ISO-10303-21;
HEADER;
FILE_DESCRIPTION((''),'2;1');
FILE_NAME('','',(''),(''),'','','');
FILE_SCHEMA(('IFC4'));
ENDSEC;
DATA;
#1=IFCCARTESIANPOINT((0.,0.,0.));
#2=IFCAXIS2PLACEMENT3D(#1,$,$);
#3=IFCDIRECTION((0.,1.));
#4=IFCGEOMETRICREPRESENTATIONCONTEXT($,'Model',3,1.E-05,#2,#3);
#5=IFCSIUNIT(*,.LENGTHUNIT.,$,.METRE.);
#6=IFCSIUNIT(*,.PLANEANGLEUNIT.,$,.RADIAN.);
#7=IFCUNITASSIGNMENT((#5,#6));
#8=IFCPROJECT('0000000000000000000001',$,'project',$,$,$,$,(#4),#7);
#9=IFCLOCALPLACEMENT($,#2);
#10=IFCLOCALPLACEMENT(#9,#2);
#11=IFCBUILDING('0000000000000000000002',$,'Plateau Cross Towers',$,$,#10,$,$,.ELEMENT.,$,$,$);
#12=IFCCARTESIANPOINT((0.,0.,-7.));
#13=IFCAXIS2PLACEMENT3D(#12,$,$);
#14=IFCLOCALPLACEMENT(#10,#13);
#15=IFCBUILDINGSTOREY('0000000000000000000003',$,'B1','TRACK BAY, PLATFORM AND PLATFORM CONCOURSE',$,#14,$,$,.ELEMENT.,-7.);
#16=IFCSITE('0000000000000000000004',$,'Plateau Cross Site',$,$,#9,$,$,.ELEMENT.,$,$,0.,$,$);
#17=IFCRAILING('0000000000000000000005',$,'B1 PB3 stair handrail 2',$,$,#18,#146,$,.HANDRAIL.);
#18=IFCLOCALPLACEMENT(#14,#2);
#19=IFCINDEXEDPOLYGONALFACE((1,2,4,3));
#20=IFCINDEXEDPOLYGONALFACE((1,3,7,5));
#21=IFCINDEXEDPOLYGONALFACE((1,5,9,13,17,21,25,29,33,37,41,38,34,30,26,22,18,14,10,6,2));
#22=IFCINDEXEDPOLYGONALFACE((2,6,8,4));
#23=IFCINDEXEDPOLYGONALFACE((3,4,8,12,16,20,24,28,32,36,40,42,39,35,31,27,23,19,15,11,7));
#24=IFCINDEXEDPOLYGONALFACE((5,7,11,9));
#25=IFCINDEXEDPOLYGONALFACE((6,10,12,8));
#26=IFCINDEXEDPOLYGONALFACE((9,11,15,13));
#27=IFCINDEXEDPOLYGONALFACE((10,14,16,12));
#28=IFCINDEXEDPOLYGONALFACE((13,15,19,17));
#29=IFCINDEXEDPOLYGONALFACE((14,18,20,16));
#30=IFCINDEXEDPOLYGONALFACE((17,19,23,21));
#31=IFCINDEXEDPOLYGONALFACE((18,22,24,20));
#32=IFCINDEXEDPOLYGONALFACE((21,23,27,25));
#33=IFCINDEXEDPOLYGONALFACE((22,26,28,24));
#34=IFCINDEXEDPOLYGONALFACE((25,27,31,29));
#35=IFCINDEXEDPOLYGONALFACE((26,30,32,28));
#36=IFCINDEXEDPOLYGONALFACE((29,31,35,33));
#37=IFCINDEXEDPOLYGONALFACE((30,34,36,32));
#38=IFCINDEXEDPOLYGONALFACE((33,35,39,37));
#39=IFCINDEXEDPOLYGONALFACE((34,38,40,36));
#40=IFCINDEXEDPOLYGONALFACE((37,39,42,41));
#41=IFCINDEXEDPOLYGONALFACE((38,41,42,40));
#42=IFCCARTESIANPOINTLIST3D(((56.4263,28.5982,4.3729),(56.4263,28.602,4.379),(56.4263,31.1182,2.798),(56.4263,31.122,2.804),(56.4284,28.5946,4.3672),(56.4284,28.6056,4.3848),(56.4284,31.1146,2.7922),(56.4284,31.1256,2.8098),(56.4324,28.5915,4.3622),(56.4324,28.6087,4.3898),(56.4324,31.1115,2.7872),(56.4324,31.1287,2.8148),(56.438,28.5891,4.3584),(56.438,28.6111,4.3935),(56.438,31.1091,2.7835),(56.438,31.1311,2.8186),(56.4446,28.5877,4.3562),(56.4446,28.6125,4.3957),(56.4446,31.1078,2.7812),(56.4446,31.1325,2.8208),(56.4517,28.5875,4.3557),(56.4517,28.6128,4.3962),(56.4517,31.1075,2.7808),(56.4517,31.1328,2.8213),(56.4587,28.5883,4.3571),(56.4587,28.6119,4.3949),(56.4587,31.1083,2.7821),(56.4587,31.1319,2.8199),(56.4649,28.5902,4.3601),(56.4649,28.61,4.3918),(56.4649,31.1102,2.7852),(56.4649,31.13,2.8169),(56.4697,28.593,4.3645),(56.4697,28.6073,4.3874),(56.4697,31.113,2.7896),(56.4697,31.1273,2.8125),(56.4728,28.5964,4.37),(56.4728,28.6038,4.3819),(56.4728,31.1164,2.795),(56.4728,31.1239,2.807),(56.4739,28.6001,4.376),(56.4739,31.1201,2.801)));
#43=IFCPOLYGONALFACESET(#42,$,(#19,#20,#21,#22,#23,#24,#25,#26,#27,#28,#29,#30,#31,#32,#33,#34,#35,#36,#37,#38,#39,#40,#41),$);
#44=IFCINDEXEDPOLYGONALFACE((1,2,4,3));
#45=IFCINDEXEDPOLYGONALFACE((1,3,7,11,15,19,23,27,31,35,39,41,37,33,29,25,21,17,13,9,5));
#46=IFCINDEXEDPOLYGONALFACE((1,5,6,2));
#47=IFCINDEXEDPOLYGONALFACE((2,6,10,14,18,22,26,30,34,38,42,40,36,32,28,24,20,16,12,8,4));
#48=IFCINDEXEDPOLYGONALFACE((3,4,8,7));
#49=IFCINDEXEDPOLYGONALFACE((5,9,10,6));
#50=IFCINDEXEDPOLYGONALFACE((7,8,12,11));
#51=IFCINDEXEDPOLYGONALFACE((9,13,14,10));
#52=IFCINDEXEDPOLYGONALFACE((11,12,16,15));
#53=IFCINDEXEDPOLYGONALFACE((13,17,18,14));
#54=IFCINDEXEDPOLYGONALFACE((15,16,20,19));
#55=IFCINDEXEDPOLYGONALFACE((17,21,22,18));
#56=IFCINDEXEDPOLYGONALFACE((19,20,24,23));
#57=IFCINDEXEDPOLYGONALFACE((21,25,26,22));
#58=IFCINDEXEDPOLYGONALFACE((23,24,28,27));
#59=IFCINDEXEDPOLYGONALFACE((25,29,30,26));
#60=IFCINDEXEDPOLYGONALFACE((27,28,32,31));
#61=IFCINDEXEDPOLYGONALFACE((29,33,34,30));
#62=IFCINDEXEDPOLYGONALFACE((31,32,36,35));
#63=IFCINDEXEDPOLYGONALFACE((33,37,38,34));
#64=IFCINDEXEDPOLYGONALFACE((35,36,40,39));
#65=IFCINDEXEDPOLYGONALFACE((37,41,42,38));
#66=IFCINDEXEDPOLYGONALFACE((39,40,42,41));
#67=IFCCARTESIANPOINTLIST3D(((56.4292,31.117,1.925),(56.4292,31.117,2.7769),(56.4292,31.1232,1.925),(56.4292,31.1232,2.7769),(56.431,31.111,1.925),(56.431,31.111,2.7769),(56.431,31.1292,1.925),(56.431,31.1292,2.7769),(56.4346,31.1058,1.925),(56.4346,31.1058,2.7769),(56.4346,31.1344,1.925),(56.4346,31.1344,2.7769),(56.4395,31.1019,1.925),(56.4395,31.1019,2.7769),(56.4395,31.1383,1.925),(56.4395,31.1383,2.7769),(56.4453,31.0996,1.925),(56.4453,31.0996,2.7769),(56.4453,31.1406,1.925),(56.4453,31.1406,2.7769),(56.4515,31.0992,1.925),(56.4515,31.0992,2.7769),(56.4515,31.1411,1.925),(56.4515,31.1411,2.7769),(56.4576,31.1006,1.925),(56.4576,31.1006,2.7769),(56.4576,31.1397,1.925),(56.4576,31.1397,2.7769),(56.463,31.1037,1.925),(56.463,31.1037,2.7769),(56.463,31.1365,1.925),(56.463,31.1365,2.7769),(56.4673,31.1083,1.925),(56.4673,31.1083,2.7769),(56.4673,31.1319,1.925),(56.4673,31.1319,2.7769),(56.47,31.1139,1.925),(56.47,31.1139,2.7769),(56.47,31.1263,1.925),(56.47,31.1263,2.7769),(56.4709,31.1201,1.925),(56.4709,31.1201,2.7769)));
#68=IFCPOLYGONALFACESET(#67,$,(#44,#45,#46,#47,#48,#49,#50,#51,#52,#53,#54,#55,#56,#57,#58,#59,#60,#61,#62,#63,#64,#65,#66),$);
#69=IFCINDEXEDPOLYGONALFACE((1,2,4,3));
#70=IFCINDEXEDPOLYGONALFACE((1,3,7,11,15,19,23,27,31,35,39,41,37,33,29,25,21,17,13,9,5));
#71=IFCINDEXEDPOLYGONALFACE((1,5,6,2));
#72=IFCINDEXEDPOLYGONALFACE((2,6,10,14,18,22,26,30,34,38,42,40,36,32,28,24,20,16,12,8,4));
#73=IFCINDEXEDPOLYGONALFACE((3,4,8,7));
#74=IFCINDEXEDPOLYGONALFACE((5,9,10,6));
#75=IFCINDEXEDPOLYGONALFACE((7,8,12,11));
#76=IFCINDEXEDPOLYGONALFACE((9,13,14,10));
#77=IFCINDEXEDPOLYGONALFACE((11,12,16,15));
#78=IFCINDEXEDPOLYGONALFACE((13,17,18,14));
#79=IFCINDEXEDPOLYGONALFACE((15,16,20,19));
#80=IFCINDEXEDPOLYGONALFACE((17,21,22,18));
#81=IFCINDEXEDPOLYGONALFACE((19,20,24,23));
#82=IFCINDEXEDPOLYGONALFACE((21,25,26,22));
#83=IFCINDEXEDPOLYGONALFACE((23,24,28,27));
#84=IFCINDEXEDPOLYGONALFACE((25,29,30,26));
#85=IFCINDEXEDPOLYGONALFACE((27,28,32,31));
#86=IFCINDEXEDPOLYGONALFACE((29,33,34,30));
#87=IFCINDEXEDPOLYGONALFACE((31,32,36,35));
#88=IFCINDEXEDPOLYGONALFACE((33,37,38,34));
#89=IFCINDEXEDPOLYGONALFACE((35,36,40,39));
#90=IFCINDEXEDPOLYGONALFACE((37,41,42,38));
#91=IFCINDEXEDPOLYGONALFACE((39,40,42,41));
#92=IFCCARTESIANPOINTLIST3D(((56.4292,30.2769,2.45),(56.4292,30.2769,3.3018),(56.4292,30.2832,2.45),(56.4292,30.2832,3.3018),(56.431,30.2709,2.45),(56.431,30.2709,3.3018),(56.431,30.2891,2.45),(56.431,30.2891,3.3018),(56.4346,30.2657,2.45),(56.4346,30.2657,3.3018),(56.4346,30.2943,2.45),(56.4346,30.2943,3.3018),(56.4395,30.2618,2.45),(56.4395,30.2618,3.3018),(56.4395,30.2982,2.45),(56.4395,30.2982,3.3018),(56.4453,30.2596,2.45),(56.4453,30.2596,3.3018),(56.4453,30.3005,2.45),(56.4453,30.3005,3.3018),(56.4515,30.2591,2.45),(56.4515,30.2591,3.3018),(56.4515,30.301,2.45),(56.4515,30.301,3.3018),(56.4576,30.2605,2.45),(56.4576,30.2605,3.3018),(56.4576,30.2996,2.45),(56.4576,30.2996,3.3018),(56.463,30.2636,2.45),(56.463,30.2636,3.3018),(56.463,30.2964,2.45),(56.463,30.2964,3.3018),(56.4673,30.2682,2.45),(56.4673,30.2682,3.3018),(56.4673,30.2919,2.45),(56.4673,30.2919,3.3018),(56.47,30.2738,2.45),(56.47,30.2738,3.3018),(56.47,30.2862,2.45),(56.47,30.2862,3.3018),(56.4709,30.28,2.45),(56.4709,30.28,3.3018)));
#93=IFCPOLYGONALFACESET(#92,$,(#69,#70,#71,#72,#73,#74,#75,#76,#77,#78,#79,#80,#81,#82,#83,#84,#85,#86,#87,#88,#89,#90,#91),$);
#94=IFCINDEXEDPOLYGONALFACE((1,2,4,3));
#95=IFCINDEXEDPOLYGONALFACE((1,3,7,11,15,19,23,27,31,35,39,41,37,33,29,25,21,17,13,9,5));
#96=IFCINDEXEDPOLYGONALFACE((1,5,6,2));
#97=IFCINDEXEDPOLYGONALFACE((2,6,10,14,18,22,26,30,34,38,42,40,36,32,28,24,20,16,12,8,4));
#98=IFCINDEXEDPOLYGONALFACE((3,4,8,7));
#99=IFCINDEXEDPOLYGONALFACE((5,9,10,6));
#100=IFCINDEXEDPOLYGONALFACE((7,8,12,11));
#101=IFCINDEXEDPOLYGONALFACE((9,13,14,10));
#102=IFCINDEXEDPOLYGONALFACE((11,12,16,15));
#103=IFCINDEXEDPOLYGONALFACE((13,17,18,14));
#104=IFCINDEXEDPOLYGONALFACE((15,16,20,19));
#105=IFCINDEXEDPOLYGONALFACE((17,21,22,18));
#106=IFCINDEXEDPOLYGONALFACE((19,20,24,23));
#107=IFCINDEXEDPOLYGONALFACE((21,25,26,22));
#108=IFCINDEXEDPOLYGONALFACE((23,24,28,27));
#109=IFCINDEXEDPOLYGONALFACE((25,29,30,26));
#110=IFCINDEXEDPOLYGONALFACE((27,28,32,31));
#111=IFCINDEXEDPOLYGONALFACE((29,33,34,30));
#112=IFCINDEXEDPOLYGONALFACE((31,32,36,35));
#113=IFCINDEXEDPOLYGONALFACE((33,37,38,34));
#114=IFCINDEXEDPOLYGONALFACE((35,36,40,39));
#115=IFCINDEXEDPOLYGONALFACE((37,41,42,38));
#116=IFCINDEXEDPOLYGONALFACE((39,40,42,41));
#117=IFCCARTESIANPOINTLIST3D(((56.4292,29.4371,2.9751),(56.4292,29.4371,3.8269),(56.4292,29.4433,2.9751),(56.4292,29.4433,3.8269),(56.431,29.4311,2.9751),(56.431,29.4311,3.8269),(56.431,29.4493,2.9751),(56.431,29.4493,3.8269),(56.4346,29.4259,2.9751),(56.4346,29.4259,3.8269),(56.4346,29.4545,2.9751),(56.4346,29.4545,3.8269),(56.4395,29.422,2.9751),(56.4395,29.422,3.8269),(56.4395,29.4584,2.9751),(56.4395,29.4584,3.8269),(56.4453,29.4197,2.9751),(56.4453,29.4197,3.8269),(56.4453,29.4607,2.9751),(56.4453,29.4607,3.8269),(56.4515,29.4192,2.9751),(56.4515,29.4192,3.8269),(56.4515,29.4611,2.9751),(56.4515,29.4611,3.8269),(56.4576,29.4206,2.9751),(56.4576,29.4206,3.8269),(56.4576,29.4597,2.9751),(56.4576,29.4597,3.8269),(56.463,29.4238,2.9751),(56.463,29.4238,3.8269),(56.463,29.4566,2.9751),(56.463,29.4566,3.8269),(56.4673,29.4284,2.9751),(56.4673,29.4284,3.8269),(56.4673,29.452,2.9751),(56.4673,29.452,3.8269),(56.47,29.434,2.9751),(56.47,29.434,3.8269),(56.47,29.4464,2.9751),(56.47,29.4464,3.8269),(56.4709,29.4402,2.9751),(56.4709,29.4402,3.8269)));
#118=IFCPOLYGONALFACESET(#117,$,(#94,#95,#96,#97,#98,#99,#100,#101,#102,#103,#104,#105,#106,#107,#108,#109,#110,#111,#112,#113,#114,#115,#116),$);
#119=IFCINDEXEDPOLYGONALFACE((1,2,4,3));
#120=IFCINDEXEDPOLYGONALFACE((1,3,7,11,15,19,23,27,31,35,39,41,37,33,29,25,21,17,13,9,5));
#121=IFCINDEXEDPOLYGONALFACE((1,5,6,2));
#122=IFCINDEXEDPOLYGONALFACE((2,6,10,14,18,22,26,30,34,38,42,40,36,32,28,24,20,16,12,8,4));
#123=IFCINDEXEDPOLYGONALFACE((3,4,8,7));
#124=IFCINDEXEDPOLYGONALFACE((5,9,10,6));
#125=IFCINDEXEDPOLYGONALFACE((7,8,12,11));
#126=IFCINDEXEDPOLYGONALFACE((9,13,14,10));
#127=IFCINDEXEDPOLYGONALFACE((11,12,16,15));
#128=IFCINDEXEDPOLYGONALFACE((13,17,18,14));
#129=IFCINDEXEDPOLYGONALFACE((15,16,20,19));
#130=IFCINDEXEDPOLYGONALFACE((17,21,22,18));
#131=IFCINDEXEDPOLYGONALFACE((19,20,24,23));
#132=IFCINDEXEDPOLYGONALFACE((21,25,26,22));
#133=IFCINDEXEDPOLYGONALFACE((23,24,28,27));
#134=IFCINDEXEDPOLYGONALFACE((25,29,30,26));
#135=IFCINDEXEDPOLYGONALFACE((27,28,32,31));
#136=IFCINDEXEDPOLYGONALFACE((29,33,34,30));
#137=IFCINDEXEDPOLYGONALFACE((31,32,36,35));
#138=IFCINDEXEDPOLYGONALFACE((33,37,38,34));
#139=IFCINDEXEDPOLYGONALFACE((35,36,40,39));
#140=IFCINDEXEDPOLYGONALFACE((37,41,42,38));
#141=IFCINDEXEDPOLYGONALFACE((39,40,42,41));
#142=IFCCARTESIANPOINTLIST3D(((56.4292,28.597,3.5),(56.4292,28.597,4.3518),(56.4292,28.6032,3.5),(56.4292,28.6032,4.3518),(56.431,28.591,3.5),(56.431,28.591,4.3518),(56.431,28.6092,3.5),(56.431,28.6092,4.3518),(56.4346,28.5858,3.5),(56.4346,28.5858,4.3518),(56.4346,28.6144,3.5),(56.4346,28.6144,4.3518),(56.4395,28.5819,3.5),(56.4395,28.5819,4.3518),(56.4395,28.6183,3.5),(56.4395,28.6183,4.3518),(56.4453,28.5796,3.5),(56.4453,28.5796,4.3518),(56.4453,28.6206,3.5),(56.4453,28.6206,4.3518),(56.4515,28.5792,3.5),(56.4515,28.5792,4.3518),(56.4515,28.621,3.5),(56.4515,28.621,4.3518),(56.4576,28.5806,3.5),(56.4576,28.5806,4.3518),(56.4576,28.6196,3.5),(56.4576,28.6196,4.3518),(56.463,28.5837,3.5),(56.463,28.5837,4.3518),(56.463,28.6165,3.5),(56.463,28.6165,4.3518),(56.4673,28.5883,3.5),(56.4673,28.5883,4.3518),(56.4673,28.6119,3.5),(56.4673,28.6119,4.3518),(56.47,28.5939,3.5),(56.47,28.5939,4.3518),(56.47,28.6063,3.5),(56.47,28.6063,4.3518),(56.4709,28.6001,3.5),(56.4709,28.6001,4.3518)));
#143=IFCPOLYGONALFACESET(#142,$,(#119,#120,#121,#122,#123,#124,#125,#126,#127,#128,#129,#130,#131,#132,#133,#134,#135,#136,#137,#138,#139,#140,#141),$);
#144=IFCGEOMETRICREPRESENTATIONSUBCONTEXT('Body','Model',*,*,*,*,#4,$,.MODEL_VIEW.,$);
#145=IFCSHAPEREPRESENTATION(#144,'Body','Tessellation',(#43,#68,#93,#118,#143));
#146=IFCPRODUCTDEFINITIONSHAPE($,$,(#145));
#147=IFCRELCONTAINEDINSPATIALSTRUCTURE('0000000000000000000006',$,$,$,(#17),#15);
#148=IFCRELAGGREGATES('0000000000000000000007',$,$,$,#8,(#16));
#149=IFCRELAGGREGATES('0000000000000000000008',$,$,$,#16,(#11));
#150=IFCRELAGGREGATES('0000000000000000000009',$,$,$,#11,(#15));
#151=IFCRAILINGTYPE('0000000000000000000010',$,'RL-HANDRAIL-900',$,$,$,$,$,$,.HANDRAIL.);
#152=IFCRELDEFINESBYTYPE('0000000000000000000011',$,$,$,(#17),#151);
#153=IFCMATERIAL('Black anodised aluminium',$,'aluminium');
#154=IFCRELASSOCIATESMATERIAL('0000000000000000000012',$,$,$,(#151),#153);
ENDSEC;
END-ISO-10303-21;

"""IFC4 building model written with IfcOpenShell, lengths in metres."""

from ifc_helpers import new_model, si_unit, direction, frame, origin, origin_2d, place, context, subcontext, project, spatial, circle, extrude, material, type_object, element, save


model = new_model("IFC4")

# Units and contexts
model_context = context("Model", 3, precision=1e-05, world=origin(), true_north=direction((0.0, 1.0)))
body_context = subcontext(model_context, "Body", "Model", "MODEL_VIEW")
ifc_project = project(units=[si_unit("LENGTHUNIT", "METRE"), si_unit("PLANEANGLEUNIT", "RADIAN")], contexts=[model_context])

# Site, building, storey
site_placement = place(None, origin())
site = spatial("IfcSite", under=ifc_project, at=site_placement, Name="Plateau Cross Site", CompositionType="ELEMENT", RefElevation=0.0)
building_placement = place(site_placement, origin())
building = spatial("IfcBuilding", under=site, at=building_placement, Name="Plateau Cross Towers", CompositionType="ELEMENT")
storey_placement = place(building_placement, frame((0.0, 0.0, -7.0)))
storey = spatial("IfcBuildingStorey", under=building, at=storey_placement, Name="B1", Description="TRACK BAY, PLATFORM AND PLATFORM CONCOURSE", CompositionType="ELEMENT", Elevation=-7.0)

# Railing
ifc_material_1 = material(Name="Black anodised aluminium", Category="aluminium")
railing_type_1 = type_object("IfcRailingType", Name="RL-HANDRAIL-900", PredefinedType="HANDRAIL", material=ifc_material_1)
railing_1_placement = place(storey_placement, frame((56.45, 31.1201, 1.925)))
element("IfcRailing", 1, at=railing_1_placement, inside=storey, type_object=railing_type_1, Name="B1 PB3 stair handrail 2", PredefinedType="HANDRAIL", context=body_context, shape_type="SweptSolid", body=[
    extrude(circle(Radius=0.0239, at=origin_2d()), frame((0.0, 0.0, 0.876), z_axis=(0.0, -0.848008, 0.529984), x_axis=(1.0, 0.0, 0.0)), (0.0, 0.0, 1.0), 2.9717),
    extrude(circle(Radius=0.021, at=origin_2d()), origin(), (0.0, 0.0, 1.0), 0.8518),
    extrude(circle(Radius=0.021, at=origin_2d()), frame((0.0, -0.8401, 0.5249)), (0.0, 0.0, 1.0), 0.8518),
    extrude(circle(Radius=0.021, at=origin_2d()), frame((0.0, -1.6799, 1.05)), (0.0, 0.0, 1.0), 0.8518),
    extrude(circle(Radius=0.021, at=origin_2d()), frame((0.0, -2.52, 1.575)), (0.0, 0.0, 1.0), 0.8518),
])

save(model, "model.ifc")
